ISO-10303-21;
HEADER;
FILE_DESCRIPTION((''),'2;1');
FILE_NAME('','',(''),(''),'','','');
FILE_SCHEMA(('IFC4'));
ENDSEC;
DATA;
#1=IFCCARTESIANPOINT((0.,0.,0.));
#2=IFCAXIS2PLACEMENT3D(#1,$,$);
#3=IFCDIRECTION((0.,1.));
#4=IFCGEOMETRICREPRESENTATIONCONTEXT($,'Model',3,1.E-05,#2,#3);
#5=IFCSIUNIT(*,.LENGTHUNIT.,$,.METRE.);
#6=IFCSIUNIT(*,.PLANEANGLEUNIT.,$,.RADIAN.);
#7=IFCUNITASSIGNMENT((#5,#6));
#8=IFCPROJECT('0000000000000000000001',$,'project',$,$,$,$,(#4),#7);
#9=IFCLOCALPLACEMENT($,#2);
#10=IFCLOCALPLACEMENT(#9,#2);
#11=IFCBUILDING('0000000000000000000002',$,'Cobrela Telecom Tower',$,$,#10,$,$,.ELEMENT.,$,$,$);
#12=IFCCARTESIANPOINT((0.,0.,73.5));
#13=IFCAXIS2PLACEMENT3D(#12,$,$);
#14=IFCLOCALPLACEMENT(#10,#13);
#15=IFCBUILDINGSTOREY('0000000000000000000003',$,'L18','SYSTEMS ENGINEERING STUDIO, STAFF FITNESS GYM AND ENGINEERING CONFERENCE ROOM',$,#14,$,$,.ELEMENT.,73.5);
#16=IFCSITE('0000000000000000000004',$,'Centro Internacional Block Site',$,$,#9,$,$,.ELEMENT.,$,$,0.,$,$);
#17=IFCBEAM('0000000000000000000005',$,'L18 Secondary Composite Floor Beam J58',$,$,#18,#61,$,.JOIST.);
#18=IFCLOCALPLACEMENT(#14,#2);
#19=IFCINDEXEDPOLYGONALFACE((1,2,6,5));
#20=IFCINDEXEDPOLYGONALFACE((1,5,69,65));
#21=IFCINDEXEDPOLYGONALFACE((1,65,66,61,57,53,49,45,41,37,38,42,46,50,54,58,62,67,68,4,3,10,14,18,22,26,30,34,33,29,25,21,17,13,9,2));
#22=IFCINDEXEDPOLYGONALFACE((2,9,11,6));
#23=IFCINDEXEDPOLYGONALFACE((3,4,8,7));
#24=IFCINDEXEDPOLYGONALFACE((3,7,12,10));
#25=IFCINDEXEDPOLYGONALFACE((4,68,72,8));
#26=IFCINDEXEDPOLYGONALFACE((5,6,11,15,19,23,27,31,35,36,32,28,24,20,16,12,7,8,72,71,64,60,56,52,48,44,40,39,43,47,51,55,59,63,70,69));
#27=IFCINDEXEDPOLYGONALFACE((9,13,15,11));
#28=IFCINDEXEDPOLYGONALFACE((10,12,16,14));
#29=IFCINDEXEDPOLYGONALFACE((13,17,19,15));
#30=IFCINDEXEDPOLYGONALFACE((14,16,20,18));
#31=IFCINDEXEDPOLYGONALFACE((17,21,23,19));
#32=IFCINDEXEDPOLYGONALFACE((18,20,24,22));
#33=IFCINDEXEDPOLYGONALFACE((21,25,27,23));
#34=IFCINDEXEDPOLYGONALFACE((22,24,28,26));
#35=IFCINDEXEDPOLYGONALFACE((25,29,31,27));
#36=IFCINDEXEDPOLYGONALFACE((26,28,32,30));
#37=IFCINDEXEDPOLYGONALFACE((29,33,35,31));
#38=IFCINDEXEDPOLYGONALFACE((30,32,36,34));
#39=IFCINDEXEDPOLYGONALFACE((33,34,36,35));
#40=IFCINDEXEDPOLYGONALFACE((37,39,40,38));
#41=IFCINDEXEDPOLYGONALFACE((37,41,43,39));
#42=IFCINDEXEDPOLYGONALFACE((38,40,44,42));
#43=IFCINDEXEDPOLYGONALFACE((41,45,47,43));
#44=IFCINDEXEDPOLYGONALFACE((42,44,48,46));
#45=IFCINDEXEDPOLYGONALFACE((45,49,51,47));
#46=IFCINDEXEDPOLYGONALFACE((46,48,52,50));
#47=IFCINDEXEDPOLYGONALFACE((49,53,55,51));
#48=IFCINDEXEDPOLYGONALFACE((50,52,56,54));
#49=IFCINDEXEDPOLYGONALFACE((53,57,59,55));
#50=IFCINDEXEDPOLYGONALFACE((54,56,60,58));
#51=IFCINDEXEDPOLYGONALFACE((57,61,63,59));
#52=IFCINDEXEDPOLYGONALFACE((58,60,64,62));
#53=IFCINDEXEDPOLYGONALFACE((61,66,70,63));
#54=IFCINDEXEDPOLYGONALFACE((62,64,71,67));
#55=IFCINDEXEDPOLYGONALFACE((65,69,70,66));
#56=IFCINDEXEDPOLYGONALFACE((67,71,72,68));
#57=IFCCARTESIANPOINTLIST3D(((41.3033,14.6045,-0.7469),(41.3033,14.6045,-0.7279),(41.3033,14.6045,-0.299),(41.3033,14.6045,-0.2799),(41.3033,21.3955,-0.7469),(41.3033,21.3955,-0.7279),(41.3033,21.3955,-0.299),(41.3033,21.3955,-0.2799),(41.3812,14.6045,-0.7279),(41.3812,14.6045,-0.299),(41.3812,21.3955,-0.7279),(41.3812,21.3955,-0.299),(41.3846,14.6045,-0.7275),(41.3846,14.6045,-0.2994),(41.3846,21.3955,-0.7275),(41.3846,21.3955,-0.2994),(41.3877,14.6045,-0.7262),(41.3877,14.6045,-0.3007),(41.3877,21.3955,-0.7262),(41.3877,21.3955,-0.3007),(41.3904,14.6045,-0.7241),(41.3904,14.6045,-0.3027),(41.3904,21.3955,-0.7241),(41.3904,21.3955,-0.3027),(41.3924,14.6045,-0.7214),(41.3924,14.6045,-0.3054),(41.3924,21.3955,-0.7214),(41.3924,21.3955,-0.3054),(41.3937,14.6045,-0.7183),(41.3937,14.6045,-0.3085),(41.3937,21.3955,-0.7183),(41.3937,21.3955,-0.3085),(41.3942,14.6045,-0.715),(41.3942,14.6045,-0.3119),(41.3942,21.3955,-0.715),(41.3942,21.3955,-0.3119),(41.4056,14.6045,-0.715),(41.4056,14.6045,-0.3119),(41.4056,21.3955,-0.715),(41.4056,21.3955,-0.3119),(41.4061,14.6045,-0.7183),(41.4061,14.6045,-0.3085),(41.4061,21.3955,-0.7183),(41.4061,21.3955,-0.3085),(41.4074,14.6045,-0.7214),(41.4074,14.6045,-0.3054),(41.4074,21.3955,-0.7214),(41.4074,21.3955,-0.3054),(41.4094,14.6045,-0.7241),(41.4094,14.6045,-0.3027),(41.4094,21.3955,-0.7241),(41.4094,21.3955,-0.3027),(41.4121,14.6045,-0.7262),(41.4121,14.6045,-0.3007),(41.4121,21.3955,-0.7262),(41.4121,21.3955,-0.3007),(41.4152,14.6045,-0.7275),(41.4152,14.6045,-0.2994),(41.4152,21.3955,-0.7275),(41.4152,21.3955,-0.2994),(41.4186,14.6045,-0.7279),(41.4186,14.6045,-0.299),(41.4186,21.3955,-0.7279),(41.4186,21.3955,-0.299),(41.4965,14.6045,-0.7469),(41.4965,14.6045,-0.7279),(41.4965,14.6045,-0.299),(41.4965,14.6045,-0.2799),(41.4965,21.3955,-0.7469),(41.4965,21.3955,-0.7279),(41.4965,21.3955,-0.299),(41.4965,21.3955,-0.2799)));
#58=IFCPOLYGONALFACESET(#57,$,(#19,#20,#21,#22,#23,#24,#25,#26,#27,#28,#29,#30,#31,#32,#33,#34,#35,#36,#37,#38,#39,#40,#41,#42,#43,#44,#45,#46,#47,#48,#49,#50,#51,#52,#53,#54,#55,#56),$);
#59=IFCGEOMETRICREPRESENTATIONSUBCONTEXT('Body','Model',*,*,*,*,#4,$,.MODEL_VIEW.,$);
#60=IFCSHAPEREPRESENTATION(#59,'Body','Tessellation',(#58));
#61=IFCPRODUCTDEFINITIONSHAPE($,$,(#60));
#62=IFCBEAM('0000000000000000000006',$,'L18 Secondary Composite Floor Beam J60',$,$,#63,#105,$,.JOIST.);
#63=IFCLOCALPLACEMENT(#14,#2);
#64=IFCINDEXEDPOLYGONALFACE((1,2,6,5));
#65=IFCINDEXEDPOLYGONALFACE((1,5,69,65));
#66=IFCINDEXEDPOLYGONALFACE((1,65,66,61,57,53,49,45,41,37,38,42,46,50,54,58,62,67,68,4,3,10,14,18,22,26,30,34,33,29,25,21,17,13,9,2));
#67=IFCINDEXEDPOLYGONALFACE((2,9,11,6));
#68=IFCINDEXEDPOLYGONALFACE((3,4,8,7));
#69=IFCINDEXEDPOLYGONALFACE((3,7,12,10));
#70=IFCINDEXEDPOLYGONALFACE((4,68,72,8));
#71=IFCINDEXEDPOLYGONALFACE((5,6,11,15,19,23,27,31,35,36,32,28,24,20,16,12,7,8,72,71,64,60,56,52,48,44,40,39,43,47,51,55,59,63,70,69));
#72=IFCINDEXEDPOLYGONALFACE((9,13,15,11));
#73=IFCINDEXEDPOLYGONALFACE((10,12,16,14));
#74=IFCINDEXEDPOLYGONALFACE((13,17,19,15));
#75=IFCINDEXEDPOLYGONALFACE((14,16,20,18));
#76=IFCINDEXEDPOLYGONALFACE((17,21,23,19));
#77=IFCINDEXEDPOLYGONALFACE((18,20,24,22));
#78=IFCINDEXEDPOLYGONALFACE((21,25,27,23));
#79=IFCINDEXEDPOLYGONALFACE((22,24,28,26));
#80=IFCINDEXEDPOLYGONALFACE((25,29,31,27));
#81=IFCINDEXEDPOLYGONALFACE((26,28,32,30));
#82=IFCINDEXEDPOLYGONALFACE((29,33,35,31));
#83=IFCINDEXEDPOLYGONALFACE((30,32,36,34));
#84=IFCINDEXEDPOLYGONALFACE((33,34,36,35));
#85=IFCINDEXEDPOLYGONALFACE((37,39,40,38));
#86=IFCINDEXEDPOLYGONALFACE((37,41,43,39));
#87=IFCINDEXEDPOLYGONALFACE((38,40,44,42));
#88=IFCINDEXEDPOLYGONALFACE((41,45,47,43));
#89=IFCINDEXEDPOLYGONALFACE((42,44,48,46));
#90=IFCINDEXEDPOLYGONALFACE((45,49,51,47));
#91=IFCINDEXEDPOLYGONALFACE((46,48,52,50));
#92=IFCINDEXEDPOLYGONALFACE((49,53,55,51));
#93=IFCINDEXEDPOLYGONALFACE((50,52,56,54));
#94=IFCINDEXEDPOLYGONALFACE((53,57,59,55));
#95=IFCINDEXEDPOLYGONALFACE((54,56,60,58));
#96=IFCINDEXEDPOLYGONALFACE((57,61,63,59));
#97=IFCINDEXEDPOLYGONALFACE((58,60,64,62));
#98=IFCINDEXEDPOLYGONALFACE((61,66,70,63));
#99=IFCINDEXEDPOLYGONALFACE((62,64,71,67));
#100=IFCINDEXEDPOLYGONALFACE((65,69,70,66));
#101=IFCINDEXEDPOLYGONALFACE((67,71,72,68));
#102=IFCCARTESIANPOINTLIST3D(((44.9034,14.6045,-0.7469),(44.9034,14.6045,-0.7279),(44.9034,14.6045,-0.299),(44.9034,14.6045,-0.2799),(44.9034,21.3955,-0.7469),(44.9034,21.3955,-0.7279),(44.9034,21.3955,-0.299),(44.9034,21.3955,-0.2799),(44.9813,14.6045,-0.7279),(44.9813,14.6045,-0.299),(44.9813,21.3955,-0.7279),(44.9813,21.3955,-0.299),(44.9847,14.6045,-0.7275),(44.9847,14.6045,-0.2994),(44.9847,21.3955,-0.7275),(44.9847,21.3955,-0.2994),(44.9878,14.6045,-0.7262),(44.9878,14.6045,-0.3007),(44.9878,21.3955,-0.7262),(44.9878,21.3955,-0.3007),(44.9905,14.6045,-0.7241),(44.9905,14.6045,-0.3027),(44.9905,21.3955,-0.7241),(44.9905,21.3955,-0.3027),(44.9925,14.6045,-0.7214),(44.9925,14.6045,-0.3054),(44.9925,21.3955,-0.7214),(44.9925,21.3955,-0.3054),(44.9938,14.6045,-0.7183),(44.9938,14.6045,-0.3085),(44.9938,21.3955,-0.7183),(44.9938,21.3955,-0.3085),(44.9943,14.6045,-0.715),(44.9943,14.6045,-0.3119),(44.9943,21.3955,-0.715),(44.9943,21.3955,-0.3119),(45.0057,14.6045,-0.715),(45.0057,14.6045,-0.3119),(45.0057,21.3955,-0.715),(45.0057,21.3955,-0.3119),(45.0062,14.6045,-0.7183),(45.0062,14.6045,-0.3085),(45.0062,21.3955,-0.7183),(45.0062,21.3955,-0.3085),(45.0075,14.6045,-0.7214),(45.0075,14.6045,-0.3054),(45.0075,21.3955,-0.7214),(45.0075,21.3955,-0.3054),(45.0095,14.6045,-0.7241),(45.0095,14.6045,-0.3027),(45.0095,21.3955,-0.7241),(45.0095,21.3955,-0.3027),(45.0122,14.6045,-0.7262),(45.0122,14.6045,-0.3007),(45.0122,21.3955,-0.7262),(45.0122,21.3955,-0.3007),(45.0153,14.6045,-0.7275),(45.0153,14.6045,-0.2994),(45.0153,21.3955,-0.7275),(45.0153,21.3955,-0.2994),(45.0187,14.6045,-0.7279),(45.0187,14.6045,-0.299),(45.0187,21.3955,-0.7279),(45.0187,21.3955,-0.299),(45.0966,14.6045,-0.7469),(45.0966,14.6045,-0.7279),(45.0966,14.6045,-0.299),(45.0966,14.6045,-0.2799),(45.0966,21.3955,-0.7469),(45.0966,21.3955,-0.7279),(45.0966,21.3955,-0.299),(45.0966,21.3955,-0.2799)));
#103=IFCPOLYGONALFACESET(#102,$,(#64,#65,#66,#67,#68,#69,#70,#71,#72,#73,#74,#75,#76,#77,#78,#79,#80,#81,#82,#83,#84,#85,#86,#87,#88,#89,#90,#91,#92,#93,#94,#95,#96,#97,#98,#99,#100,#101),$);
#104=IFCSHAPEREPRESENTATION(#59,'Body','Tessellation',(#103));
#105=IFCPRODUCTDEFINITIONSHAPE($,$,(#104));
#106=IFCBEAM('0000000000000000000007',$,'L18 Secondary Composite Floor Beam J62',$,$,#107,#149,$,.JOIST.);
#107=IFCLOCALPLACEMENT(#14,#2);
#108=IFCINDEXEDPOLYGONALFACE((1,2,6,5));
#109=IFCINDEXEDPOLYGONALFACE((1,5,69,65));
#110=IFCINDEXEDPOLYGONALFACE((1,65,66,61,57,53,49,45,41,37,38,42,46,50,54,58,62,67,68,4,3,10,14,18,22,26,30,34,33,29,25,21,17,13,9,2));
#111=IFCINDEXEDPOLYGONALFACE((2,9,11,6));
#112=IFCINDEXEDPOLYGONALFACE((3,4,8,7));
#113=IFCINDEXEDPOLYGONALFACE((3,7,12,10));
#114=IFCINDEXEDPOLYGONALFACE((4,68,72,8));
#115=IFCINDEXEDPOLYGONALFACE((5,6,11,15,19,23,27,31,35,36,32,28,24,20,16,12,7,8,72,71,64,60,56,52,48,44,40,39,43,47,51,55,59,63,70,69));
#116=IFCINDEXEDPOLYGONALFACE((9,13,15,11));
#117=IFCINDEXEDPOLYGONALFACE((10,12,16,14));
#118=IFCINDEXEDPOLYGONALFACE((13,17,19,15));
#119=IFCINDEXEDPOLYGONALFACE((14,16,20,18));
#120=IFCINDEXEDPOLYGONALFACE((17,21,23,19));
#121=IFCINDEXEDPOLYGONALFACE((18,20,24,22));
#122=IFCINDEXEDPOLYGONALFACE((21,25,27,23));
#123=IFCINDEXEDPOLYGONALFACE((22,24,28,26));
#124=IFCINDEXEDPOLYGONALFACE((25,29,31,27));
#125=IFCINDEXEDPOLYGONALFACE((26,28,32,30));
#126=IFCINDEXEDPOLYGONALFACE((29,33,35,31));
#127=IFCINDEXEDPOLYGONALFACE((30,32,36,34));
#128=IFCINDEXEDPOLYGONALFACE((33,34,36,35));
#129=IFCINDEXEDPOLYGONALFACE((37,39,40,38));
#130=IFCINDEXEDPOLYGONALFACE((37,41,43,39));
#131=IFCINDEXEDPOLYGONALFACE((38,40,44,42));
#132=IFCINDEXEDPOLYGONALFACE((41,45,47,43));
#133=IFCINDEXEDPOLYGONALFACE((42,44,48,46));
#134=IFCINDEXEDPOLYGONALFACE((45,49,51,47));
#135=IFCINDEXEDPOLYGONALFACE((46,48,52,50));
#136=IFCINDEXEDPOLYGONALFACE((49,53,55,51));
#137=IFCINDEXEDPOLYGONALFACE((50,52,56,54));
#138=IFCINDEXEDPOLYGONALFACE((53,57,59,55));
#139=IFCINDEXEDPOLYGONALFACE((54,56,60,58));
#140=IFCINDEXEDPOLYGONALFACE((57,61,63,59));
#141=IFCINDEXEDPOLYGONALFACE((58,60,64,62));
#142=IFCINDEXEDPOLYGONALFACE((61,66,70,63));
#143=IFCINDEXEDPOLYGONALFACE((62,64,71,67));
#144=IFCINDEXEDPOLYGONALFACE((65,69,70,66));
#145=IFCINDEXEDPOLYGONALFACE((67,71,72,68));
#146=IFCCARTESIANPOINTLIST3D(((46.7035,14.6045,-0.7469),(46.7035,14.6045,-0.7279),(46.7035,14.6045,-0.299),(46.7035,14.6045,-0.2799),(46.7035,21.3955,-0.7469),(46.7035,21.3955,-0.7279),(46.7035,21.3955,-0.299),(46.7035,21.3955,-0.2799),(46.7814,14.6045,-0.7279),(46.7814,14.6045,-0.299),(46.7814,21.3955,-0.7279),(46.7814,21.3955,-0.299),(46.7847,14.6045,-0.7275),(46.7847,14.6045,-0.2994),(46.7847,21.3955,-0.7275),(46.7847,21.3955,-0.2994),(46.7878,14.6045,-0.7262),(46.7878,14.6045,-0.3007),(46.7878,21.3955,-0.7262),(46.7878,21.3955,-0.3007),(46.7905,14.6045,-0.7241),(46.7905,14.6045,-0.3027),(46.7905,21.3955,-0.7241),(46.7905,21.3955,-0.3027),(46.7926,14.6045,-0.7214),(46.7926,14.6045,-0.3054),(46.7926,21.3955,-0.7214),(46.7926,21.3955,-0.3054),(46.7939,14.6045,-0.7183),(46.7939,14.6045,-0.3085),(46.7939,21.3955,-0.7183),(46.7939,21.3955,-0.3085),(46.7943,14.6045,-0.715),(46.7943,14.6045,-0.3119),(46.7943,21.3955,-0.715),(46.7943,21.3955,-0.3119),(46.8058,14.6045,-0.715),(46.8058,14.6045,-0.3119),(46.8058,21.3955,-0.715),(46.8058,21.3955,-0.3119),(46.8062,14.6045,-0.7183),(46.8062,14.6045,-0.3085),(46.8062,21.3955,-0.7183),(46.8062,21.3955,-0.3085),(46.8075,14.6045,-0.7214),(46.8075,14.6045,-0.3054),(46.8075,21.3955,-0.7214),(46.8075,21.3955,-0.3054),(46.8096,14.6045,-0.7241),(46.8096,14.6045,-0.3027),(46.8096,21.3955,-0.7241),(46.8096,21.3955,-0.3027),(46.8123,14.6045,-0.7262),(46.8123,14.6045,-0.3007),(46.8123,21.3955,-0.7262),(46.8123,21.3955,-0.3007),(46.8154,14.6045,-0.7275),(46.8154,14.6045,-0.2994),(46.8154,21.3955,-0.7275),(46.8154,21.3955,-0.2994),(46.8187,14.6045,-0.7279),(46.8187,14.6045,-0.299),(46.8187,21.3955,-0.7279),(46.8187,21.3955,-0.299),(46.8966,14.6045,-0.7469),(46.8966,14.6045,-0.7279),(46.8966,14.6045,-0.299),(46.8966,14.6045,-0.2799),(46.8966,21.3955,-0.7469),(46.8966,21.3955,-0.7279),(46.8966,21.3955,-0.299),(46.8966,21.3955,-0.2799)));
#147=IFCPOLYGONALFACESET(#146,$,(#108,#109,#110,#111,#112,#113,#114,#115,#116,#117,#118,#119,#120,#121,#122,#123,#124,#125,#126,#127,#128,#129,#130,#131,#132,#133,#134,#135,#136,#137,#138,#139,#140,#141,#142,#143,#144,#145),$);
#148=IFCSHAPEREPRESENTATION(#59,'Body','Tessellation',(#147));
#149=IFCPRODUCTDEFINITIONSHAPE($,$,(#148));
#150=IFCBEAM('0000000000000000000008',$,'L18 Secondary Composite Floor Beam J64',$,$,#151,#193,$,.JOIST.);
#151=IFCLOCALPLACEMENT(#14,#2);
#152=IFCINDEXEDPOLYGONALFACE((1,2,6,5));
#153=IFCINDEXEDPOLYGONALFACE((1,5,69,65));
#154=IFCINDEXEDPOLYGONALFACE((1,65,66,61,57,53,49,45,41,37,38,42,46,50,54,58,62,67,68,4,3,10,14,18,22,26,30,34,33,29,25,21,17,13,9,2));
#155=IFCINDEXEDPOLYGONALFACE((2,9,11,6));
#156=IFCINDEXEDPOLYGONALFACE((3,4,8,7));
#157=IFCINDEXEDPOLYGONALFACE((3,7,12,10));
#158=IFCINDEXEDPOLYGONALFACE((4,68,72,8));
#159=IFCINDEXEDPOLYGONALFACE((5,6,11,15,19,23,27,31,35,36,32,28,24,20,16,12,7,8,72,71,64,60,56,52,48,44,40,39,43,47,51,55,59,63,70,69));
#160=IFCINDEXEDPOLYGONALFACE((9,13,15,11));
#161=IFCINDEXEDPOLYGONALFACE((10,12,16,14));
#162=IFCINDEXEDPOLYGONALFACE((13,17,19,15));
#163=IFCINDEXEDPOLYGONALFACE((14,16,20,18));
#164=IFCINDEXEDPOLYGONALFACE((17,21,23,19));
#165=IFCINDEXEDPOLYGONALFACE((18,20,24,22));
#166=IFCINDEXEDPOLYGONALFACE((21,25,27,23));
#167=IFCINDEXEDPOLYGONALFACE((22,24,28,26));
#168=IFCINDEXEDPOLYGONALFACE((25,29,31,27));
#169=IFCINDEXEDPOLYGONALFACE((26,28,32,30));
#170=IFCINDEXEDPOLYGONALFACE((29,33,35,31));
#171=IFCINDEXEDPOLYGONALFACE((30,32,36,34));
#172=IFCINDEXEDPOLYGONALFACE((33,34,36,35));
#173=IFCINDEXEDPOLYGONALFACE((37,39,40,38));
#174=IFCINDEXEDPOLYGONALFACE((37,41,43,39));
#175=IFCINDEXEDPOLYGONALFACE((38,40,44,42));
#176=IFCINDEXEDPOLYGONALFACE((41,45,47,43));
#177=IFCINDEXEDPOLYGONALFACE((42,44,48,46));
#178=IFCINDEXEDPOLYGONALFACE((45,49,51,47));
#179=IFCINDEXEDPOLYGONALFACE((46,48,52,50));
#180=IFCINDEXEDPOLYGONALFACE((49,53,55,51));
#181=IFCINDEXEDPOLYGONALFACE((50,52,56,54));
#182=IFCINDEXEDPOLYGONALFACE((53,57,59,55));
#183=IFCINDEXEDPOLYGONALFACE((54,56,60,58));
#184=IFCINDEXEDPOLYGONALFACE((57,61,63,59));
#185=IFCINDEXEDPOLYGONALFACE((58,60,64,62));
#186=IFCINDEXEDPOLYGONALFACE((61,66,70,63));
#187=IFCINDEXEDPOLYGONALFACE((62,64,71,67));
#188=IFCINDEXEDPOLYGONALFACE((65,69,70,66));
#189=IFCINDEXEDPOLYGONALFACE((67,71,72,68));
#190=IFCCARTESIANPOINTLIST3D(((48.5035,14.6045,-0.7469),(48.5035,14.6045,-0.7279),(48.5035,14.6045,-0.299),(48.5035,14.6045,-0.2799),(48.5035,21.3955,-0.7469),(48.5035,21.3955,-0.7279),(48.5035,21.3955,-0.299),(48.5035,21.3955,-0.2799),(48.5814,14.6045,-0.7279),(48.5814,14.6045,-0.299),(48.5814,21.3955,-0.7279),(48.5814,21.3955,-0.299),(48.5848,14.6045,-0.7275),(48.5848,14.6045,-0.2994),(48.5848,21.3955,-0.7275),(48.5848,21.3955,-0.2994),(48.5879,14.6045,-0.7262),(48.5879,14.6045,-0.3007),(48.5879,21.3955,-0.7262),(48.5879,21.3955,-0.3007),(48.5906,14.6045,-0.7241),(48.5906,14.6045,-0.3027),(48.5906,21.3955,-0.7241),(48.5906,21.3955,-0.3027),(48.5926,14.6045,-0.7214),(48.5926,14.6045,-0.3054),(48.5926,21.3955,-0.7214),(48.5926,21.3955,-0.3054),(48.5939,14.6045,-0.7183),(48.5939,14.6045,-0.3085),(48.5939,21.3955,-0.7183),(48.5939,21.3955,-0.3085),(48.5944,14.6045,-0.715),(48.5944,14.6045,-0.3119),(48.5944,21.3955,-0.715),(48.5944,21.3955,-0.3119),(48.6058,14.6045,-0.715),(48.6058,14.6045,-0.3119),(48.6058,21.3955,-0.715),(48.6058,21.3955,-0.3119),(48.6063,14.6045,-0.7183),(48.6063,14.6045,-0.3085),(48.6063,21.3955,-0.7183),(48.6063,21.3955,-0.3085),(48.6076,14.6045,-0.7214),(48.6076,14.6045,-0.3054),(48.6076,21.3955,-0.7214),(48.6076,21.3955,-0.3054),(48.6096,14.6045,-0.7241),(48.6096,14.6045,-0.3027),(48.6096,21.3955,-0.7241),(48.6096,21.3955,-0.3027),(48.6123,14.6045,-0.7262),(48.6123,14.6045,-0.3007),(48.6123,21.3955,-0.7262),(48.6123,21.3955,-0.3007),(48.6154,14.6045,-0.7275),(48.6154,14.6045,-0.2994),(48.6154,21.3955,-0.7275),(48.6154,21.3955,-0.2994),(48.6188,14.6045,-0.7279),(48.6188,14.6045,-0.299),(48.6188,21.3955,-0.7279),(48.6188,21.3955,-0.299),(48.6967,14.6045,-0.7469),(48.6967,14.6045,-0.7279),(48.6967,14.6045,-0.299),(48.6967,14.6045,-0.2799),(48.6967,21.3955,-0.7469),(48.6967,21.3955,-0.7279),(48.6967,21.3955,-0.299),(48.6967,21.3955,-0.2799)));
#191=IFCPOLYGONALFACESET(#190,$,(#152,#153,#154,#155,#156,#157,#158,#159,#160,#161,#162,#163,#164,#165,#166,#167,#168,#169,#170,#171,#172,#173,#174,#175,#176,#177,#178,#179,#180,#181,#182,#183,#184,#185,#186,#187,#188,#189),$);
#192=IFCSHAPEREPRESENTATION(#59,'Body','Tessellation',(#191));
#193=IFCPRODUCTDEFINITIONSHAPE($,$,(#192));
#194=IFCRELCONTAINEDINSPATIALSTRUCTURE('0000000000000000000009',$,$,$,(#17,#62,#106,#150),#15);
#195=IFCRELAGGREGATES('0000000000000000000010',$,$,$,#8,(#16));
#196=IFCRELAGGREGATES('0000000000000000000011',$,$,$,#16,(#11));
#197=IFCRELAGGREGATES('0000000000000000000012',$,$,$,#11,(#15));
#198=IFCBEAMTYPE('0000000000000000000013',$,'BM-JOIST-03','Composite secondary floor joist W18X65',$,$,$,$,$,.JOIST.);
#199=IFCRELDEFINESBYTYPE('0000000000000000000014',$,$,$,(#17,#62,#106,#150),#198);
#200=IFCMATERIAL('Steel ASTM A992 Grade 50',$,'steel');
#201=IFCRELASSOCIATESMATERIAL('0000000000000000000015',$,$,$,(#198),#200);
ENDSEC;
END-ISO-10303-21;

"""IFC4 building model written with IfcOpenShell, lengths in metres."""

from ifc_helpers import new_model, si_unit, direction, frame, origin, origin_2d, place, context, subcontext, project, spatial, i_section, extrude, material, material_profile, profile_set, type_object, element, save


model = new_model("IFC4")

# Units and contexts
model_context = context("Model", 3, precision=1e-05, world=origin(), true_north=direction((0.0, 1.0)))
body_context = subcontext(model_context, "Body", "Model", "MODEL_VIEW")
ifc_project = project(units=[si_unit("LENGTHUNIT", "METRE"), si_unit("PLANEANGLEUNIT", "RADIAN")], contexts=[model_context])

# Site, building, storey
site_placement = place(None, origin())
site = spatial("IfcSite", under=ifc_project, at=site_placement, Name="Centro Internacional Block Site", CompositionType="ELEMENT", RefElevation=0.0)
building_placement = place(site_placement, origin())
building = spatial("IfcBuilding", under=site, at=building_placement, Name="Cobrela Telecom Tower", CompositionType="ELEMENT")
storey_placement = place(building_placement, frame((0.0, 0.0, 73.5)))
storey = spatial("IfcBuildingStorey", under=building, at=storey_placement, Name="L18", Description="SYSTEMS ENGINEERING STUDIO, STAFF FITNESS GYM AND ENGINEERING CONFERENCE ROOM", CompositionType="ELEMENT", Elevation=73.5)

# Shared definitions
ifc_material_1 = material(Name="Steel ASTM A992 Grade 50", Category="steel")

# Beams
ifc_material_profile_1 = material_profile(ifc_material_1, i_section(OverallWidth=0.1931, OverallDepth=0.467, WebThickness=0.0115, FlangeThickness=0.019, FilletRadius=0.0129, at=origin_2d()), Name="W18X65")
ifc_profile_set_1 = profile_set([ifc_material_profile_1], Name="Steel ASTM A992 Grade 50")
beam_type_1 = type_object("IfcBeamType", Name="BM-JOIST-03", Description="Composite secondary floor joist W18X65", PredefinedType="JOIST", material=ifc_profile_set_1)
for number, where, z_axis, x_axis, name in (
    (1, (41.3999, 14.6045, -0.5134), (0.0, 1.0, 0.0), (-1.0, 0.0, 0.0), "L18 Secondary Composite Floor Beam J58"),
    (2, (45.0, 14.6045, -0.5134), (0.0, 1.0, 0.0), (-1.0, 0.0, 0.0), "L18 Secondary Composite Floor Beam J60"),
    (3, (46.8, 14.6045, -0.5134), (0.0, 1.0, 0.0), (-1.0, 0.0, 0.0), "L18 Secondary Composite Floor Beam J62"),
    (4, (48.6001, 14.6045, -0.5134), (0.0, 1.0, 0.0), (-1.0, 0.0, 0.0), "L18 Secondary Composite Floor Beam J64"),
):
    element("IfcBeam", number, at=place(storey_placement, frame(where, z_axis=z_axis, x_axis=x_axis)), inside=storey, type_object=beam_type_1, Name=name, PredefinedType="JOIST", context=body_context, shape_type="SweptSolid", body=[
        extrude(i_section(OverallWidth=0.1931, OverallDepth=0.467, WebThickness=0.0115, FlangeThickness=0.019, FilletRadius=0.0129, at=origin_2d()), origin(), (0.0, 0.0, 1.0), 6.791),
    ])

save(model, "model.ifc")
